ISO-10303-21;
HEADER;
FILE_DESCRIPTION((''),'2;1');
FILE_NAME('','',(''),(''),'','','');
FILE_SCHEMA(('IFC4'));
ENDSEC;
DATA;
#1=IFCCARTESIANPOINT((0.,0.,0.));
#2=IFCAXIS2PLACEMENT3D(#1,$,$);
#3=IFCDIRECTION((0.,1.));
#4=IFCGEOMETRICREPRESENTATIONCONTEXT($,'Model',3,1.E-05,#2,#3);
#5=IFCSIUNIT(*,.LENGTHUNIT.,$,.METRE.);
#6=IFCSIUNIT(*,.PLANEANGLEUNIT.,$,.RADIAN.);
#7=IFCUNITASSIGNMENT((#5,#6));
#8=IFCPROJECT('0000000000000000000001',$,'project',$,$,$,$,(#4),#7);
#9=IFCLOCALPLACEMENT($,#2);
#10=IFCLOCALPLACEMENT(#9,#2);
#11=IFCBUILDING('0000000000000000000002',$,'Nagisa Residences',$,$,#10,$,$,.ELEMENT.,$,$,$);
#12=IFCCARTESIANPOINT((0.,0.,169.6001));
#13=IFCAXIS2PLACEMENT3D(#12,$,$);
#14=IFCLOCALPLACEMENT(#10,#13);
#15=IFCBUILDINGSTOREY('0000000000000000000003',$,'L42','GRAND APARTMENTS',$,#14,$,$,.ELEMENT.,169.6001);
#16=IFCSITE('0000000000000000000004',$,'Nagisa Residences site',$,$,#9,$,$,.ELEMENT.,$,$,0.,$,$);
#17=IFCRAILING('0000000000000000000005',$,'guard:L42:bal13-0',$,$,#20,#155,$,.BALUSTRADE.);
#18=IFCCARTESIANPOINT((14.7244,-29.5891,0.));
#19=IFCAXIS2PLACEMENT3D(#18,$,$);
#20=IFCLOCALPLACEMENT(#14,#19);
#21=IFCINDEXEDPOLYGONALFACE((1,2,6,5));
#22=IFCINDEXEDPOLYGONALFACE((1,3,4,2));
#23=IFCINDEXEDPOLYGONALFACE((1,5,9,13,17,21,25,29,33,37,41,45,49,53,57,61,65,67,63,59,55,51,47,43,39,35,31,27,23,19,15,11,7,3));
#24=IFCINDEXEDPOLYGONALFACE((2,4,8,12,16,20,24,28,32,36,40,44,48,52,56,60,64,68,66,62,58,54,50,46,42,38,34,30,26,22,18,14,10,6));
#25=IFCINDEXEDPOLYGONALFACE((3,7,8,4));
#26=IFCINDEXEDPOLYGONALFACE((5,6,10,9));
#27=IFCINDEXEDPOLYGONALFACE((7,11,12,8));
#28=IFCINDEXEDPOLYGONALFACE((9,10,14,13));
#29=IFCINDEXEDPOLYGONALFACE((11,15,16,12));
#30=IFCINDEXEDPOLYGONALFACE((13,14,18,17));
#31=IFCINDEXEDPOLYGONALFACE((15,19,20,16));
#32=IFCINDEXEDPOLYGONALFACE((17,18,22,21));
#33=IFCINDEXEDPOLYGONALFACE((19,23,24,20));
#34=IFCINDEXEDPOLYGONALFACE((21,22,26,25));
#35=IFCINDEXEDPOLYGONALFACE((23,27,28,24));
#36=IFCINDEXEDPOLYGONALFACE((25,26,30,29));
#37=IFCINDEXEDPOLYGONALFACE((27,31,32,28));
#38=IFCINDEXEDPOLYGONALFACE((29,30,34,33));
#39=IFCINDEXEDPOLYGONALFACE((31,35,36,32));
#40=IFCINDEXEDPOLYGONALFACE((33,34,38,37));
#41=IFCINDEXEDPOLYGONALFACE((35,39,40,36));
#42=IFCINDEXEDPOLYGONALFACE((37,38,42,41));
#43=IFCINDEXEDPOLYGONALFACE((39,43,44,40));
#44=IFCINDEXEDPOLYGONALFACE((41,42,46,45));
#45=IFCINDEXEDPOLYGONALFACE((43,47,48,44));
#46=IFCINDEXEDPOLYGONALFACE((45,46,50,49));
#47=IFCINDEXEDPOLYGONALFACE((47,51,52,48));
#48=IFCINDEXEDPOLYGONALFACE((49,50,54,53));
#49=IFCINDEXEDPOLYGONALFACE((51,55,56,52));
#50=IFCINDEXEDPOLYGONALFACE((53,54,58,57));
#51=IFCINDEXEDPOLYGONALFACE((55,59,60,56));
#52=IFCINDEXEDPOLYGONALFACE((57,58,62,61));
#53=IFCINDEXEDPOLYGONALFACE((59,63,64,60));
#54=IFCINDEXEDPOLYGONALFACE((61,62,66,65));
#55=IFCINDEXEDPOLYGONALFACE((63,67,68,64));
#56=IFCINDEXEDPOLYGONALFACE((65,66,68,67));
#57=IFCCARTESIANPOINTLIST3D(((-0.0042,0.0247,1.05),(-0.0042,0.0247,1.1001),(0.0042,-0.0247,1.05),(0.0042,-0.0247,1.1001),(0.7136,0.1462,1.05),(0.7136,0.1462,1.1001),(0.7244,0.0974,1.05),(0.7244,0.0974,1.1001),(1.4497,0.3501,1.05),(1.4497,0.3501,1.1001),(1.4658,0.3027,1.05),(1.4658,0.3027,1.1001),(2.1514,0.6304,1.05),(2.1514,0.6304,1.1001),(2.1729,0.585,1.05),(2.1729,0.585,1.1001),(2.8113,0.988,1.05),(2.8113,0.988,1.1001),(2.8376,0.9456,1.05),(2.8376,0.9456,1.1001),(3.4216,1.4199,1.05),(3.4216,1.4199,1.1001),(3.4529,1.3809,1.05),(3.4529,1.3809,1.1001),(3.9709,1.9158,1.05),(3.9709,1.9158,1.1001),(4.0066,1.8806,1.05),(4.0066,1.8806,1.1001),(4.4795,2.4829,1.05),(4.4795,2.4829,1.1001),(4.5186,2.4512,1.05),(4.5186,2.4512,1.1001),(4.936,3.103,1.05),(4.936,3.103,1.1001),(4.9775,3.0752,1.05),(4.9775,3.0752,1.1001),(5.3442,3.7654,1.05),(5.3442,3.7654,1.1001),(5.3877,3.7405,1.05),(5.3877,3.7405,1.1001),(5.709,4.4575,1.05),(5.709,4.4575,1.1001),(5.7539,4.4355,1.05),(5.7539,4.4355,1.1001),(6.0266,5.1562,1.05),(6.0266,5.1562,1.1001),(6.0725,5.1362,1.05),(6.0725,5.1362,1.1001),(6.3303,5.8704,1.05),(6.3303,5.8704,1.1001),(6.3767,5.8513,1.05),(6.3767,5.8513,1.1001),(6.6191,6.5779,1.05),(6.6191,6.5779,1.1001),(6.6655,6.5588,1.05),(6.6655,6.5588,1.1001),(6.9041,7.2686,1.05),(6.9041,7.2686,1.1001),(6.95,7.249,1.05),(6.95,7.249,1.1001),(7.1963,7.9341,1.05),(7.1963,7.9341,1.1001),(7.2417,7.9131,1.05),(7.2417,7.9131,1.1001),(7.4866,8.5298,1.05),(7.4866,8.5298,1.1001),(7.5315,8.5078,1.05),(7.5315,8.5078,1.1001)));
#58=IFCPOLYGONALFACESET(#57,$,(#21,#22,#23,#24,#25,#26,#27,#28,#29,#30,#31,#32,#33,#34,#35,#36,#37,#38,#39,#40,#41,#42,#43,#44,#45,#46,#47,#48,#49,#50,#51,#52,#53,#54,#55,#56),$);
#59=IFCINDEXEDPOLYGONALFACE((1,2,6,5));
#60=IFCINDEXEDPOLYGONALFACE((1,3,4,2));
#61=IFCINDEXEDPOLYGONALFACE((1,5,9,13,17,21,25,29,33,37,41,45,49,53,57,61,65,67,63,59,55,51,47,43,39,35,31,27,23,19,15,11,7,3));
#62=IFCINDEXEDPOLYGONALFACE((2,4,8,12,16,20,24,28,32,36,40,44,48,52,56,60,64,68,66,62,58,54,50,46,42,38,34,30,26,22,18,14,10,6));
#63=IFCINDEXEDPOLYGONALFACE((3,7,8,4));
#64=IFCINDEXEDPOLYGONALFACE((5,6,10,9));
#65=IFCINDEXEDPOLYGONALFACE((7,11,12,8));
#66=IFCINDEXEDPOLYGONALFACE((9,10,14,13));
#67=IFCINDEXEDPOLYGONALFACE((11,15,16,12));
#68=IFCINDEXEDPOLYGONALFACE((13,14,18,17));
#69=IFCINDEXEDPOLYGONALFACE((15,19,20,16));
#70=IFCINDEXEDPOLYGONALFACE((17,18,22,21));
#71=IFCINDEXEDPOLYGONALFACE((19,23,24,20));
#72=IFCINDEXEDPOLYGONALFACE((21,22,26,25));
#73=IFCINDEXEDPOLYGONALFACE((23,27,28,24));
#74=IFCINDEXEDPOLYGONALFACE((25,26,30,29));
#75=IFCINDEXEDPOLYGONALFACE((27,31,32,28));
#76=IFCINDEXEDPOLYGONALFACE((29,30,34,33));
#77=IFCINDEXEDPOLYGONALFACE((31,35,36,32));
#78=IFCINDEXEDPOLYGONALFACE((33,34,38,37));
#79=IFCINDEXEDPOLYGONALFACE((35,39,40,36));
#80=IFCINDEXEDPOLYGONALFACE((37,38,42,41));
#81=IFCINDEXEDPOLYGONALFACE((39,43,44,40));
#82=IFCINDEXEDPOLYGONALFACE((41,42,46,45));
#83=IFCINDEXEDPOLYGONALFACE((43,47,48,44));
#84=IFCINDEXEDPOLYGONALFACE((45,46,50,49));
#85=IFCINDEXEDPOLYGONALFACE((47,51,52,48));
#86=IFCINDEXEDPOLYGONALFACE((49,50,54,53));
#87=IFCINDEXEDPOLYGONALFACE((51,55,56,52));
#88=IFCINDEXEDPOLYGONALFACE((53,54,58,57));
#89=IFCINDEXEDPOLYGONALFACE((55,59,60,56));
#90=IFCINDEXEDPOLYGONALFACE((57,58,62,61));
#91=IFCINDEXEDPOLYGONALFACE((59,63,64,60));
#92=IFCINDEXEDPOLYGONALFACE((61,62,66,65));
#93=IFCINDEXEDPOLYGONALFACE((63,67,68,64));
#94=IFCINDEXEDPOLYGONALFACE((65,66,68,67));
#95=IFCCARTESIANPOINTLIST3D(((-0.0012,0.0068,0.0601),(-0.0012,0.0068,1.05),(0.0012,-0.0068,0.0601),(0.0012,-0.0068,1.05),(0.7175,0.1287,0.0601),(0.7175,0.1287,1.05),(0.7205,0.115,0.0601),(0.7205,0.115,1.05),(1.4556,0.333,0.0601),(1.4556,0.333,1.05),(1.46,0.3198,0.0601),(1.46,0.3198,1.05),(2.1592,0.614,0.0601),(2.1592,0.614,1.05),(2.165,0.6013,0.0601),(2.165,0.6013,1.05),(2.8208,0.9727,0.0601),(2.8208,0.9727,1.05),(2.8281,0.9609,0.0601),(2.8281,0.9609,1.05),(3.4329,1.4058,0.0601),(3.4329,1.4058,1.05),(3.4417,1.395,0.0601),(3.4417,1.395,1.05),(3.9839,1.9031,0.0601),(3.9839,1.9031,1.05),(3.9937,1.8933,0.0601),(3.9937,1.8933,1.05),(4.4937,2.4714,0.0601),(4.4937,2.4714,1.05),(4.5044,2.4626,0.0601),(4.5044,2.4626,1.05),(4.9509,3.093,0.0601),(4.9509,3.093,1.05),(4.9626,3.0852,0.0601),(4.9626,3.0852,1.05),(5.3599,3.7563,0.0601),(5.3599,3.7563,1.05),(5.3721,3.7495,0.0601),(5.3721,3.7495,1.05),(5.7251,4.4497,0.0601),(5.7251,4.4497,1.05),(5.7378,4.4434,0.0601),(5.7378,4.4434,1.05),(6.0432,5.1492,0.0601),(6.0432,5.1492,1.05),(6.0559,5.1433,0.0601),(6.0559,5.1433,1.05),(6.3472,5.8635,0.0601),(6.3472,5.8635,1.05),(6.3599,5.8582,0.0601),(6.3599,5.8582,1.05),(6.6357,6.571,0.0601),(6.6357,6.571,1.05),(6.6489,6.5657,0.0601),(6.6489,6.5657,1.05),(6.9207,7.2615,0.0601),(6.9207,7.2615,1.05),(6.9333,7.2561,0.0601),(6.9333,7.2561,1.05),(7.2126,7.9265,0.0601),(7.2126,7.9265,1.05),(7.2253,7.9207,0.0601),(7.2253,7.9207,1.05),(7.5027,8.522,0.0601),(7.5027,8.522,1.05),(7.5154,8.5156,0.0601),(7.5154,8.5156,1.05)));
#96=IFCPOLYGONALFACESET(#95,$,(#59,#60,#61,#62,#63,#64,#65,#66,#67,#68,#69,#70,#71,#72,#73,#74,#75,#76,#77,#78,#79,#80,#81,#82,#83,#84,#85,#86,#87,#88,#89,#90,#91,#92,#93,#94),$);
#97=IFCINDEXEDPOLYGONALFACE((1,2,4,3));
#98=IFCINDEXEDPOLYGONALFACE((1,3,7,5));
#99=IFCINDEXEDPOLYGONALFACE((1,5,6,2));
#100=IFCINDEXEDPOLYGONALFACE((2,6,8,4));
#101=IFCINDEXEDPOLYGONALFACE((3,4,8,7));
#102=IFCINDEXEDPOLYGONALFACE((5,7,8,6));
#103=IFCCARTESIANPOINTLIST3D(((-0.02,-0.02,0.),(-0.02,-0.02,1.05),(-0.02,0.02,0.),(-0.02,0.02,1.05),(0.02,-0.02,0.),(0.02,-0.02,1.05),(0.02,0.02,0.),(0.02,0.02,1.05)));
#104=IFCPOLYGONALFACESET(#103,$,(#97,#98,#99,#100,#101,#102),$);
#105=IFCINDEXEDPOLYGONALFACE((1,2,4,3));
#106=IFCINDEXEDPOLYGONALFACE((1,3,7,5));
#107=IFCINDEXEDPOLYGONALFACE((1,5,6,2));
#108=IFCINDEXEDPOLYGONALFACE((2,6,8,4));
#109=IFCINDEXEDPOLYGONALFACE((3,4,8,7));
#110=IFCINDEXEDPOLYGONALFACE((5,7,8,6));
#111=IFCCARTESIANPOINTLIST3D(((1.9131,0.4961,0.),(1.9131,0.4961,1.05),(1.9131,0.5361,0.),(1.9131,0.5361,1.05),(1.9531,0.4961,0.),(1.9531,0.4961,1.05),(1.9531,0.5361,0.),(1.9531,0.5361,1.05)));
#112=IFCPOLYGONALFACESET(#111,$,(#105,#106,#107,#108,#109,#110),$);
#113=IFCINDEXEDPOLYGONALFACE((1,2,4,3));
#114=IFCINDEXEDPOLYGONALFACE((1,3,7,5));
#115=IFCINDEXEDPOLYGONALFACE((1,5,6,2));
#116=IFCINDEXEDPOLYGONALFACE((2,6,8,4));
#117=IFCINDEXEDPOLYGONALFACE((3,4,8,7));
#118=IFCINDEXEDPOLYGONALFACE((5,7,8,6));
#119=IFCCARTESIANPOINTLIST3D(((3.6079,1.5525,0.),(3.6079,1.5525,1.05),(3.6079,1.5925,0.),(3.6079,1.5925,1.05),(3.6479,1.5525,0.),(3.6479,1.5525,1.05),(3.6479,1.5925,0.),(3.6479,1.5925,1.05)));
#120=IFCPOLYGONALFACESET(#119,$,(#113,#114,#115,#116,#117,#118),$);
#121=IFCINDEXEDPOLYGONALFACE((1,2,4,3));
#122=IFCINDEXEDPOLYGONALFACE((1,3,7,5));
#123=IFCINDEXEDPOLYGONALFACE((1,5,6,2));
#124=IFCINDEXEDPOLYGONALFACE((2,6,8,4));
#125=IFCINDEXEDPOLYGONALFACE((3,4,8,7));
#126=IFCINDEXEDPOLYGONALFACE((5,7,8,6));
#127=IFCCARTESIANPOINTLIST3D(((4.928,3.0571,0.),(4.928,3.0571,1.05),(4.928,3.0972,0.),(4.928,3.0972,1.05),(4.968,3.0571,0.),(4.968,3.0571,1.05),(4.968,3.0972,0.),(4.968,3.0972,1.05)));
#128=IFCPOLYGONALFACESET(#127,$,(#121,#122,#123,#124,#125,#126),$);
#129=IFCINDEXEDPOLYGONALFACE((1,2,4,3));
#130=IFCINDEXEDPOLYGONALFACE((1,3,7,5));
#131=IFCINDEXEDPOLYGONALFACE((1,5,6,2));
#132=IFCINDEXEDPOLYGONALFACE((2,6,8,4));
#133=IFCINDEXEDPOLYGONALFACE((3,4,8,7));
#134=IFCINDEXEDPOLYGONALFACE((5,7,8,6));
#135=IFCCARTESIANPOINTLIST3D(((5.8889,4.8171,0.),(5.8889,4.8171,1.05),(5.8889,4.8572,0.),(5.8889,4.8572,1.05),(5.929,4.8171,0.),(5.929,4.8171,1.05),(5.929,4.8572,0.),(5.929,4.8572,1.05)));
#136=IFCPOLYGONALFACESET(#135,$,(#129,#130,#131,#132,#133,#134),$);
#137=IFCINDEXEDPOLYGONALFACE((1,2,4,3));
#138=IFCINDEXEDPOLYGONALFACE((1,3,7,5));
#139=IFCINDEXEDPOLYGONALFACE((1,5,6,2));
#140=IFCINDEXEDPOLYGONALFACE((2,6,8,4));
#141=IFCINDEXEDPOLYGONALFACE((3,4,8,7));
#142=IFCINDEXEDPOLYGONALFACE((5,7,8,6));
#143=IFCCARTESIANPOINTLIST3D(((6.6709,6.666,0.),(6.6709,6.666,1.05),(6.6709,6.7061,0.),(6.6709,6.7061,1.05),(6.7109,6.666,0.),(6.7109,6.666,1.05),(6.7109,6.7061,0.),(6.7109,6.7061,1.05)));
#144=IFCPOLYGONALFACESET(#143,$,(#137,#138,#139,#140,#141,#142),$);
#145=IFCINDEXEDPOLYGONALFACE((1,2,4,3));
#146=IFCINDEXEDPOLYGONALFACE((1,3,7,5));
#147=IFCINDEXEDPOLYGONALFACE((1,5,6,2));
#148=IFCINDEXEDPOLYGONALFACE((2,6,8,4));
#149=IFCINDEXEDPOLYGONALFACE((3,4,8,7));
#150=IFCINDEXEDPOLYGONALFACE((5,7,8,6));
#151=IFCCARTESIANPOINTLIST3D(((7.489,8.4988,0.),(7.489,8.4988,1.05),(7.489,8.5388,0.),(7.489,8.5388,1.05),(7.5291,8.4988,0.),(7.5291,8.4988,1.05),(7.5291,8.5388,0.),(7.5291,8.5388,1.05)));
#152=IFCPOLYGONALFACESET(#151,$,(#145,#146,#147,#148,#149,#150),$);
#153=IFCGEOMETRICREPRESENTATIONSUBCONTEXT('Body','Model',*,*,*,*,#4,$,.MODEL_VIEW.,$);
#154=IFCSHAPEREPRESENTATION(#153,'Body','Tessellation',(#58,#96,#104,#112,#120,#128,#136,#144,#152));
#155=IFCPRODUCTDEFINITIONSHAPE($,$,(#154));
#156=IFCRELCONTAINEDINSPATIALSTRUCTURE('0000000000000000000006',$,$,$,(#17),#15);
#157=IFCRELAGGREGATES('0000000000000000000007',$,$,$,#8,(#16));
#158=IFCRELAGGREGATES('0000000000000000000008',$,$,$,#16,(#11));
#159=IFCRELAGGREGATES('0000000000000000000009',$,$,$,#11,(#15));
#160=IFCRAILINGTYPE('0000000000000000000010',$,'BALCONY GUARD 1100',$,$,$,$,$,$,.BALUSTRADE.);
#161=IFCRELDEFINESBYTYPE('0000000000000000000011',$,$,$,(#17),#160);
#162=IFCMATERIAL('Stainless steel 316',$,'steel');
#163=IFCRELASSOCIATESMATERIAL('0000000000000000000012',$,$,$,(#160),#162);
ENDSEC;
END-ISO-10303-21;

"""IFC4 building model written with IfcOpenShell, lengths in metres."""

from ifc_helpers import new_model, si_unit, direction, frame, origin, origin_2d, place, context, subcontext, project, spatial, polyline, rectangle, outline, extrude, material, type_object, element, save


model = new_model("IFC4")

# Units and contexts
model_context = context("Model", 3, precision=1e-05, world=origin(), true_north=direction((0.0, 1.0)))
body_context = subcontext(model_context, "Body", "Model", "MODEL_VIEW")
ifc_project = project(units=[si_unit("LENGTHUNIT", "METRE"), si_unit("PLANEANGLEUNIT", "RADIAN")], contexts=[model_context])

# Site, building, storey
site_placement = place(None, origin())
site = spatial("IfcSite", under=ifc_project, at=site_placement, Name="Nagisa Residences site", CompositionType="ELEMENT", RefElevation=0.0)
building_placement = place(site_placement, origin())
building = spatial("IfcBuilding", under=site, at=building_placement, Name="Nagisa Residences", CompositionType="ELEMENT")
storey_placement = place(building_placement, frame((0.0, 0.0, 169.6001)))
storey = spatial("IfcBuildingStorey", under=building, at=storey_placement, Name="L42", Description="GRAND APARTMENTS", CompositionType="ELEMENT", Elevation=169.6001)

# Railing
ifc_material_1 = material(Name="Stainless steel 316", Category="steel")
railing_type = type_object("IfcRailingType", Name="BALCONY GUARD 1100", PredefinedType="BALUSTRADE", material=ifc_material_1)
railing_1_placement = place(storey_placement, frame((14.7244, -29.5891, 0.0)))
element("IfcRailing", 1, at=railing_1_placement, inside=storey, type_object=railing_type, Name="guard:L42:bal13-0", PredefinedType="BALUSTRADE", context=body_context, shape_type="SweptSolid", body=[
    extrude(outline(polyline([(0.7136, 0.1462), (-0.0042, 0.0247), (0.0042, -0.0247), (0.7244, 0.0974), (1.4658, 0.3027), (2.1729, 0.585), (2.8376, 0.9456), (3.4529, 1.3809), (4.0066, 1.8806), (4.5186, 2.4512), (4.9775, 3.0752), (5.3877, 3.7405), (5.7539, 4.4355), (6.0725, 5.1362), (6.3767, 5.8513), (6.6655, 6.5588), (6.95, 7.249), (7.2417, 7.9131), (7.5315, 8.5078), (7.4866, 8.5298), (7.1963, 7.9341), (6.9041, 7.2686), (6.6191, 6.5779), (6.3303, 5.8704), (6.0266, 5.1562), (5.709, 4.4575), (5.3442, 3.7654), (4.936, 3.103), (4.4795, 2.4829), (3.9709, 1.9158), (3.4216, 1.4199), (2.8113, 0.988), (2.1514, 0.6304), (1.4497, 0.3501), (0.7136, 0.1462)])), frame((0.0, 0.0, 1.05)), (0.0, 0.0, 1.0), 0.05),
    extrude(outline(polyline([(0.7175, 0.1287), (-0.0012, 0.0068), (0.0012, -0.0068), (0.7205, 0.115), (1.46, 0.3198), (2.165, 0.6013), (2.8281, 0.9609), (3.4417, 1.395), (3.9937, 1.8933), (4.5044, 2.4626), (4.9626, 3.0852), (5.3721, 3.7495), (5.7378, 4.4434), (6.0559, 5.1433), (6.3599, 5.8582), (6.6489, 6.5657), (6.9333, 7.2561), (7.2253, 7.9207), (7.5154, 8.5156), (7.5027, 8.522), (7.2126, 7.9265), (6.9207, 7.2615), (6.6357, 6.571), (6.3472, 5.8635), (6.0432, 5.1492), (5.7251, 4.4497), (5.3599, 3.7563), (4.9509, 3.093), (4.4937, 2.4714), (3.9839, 1.9031), (3.4329, 1.4058), (2.8208, 0.9727), (2.1592, 0.614), (1.4556, 0.333), (0.7175, 0.1287)])), frame((0.0, 0.0, 0.0601)), (0.0, 0.0, 1.0), 0.99),
    extrude(rectangle(XDim=0.04, YDim=0.04, at=origin_2d()), origin(), (0.0, 0.0, 1.0), 1.05),
    extrude(rectangle(XDim=0.04, YDim=0.04, at=origin_2d()), frame((1.9331, 0.5161, 0.0)), (0.0, 0.0, 1.0), 1.05),
    extrude(rectangle(XDim=0.04, YDim=0.04, at=origin_2d()), frame((3.6279, 1.5725, 0.0)), (0.0, 0.0, 1.0), 1.05),
    extrude(rectangle(XDim=0.04, YDim=0.04, at=origin_2d()), frame((4.948, 3.0771, 0.0)), (0.0, 0.0, 1.0), 1.05),
    extrude(rectangle(XDim=0.04, YDim=0.04, at=origin_2d()), frame((5.9089, 4.8372, 0.0)), (0.0, 0.0, 1.0), 1.05),
    extrude(rectangle(XDim=0.04, YDim=0.04, at=origin_2d()), frame((6.6909, 6.686, 0.0)), (0.0, 0.0, 1.0), 1.05),
    extrude(rectangle(XDim=0.04, YDim=0.04, at=origin_2d()), frame((7.509, 8.5188, 0.0)), (0.0, 0.0, 1.0), 1.05),
])

save(model, "model.ifc")
